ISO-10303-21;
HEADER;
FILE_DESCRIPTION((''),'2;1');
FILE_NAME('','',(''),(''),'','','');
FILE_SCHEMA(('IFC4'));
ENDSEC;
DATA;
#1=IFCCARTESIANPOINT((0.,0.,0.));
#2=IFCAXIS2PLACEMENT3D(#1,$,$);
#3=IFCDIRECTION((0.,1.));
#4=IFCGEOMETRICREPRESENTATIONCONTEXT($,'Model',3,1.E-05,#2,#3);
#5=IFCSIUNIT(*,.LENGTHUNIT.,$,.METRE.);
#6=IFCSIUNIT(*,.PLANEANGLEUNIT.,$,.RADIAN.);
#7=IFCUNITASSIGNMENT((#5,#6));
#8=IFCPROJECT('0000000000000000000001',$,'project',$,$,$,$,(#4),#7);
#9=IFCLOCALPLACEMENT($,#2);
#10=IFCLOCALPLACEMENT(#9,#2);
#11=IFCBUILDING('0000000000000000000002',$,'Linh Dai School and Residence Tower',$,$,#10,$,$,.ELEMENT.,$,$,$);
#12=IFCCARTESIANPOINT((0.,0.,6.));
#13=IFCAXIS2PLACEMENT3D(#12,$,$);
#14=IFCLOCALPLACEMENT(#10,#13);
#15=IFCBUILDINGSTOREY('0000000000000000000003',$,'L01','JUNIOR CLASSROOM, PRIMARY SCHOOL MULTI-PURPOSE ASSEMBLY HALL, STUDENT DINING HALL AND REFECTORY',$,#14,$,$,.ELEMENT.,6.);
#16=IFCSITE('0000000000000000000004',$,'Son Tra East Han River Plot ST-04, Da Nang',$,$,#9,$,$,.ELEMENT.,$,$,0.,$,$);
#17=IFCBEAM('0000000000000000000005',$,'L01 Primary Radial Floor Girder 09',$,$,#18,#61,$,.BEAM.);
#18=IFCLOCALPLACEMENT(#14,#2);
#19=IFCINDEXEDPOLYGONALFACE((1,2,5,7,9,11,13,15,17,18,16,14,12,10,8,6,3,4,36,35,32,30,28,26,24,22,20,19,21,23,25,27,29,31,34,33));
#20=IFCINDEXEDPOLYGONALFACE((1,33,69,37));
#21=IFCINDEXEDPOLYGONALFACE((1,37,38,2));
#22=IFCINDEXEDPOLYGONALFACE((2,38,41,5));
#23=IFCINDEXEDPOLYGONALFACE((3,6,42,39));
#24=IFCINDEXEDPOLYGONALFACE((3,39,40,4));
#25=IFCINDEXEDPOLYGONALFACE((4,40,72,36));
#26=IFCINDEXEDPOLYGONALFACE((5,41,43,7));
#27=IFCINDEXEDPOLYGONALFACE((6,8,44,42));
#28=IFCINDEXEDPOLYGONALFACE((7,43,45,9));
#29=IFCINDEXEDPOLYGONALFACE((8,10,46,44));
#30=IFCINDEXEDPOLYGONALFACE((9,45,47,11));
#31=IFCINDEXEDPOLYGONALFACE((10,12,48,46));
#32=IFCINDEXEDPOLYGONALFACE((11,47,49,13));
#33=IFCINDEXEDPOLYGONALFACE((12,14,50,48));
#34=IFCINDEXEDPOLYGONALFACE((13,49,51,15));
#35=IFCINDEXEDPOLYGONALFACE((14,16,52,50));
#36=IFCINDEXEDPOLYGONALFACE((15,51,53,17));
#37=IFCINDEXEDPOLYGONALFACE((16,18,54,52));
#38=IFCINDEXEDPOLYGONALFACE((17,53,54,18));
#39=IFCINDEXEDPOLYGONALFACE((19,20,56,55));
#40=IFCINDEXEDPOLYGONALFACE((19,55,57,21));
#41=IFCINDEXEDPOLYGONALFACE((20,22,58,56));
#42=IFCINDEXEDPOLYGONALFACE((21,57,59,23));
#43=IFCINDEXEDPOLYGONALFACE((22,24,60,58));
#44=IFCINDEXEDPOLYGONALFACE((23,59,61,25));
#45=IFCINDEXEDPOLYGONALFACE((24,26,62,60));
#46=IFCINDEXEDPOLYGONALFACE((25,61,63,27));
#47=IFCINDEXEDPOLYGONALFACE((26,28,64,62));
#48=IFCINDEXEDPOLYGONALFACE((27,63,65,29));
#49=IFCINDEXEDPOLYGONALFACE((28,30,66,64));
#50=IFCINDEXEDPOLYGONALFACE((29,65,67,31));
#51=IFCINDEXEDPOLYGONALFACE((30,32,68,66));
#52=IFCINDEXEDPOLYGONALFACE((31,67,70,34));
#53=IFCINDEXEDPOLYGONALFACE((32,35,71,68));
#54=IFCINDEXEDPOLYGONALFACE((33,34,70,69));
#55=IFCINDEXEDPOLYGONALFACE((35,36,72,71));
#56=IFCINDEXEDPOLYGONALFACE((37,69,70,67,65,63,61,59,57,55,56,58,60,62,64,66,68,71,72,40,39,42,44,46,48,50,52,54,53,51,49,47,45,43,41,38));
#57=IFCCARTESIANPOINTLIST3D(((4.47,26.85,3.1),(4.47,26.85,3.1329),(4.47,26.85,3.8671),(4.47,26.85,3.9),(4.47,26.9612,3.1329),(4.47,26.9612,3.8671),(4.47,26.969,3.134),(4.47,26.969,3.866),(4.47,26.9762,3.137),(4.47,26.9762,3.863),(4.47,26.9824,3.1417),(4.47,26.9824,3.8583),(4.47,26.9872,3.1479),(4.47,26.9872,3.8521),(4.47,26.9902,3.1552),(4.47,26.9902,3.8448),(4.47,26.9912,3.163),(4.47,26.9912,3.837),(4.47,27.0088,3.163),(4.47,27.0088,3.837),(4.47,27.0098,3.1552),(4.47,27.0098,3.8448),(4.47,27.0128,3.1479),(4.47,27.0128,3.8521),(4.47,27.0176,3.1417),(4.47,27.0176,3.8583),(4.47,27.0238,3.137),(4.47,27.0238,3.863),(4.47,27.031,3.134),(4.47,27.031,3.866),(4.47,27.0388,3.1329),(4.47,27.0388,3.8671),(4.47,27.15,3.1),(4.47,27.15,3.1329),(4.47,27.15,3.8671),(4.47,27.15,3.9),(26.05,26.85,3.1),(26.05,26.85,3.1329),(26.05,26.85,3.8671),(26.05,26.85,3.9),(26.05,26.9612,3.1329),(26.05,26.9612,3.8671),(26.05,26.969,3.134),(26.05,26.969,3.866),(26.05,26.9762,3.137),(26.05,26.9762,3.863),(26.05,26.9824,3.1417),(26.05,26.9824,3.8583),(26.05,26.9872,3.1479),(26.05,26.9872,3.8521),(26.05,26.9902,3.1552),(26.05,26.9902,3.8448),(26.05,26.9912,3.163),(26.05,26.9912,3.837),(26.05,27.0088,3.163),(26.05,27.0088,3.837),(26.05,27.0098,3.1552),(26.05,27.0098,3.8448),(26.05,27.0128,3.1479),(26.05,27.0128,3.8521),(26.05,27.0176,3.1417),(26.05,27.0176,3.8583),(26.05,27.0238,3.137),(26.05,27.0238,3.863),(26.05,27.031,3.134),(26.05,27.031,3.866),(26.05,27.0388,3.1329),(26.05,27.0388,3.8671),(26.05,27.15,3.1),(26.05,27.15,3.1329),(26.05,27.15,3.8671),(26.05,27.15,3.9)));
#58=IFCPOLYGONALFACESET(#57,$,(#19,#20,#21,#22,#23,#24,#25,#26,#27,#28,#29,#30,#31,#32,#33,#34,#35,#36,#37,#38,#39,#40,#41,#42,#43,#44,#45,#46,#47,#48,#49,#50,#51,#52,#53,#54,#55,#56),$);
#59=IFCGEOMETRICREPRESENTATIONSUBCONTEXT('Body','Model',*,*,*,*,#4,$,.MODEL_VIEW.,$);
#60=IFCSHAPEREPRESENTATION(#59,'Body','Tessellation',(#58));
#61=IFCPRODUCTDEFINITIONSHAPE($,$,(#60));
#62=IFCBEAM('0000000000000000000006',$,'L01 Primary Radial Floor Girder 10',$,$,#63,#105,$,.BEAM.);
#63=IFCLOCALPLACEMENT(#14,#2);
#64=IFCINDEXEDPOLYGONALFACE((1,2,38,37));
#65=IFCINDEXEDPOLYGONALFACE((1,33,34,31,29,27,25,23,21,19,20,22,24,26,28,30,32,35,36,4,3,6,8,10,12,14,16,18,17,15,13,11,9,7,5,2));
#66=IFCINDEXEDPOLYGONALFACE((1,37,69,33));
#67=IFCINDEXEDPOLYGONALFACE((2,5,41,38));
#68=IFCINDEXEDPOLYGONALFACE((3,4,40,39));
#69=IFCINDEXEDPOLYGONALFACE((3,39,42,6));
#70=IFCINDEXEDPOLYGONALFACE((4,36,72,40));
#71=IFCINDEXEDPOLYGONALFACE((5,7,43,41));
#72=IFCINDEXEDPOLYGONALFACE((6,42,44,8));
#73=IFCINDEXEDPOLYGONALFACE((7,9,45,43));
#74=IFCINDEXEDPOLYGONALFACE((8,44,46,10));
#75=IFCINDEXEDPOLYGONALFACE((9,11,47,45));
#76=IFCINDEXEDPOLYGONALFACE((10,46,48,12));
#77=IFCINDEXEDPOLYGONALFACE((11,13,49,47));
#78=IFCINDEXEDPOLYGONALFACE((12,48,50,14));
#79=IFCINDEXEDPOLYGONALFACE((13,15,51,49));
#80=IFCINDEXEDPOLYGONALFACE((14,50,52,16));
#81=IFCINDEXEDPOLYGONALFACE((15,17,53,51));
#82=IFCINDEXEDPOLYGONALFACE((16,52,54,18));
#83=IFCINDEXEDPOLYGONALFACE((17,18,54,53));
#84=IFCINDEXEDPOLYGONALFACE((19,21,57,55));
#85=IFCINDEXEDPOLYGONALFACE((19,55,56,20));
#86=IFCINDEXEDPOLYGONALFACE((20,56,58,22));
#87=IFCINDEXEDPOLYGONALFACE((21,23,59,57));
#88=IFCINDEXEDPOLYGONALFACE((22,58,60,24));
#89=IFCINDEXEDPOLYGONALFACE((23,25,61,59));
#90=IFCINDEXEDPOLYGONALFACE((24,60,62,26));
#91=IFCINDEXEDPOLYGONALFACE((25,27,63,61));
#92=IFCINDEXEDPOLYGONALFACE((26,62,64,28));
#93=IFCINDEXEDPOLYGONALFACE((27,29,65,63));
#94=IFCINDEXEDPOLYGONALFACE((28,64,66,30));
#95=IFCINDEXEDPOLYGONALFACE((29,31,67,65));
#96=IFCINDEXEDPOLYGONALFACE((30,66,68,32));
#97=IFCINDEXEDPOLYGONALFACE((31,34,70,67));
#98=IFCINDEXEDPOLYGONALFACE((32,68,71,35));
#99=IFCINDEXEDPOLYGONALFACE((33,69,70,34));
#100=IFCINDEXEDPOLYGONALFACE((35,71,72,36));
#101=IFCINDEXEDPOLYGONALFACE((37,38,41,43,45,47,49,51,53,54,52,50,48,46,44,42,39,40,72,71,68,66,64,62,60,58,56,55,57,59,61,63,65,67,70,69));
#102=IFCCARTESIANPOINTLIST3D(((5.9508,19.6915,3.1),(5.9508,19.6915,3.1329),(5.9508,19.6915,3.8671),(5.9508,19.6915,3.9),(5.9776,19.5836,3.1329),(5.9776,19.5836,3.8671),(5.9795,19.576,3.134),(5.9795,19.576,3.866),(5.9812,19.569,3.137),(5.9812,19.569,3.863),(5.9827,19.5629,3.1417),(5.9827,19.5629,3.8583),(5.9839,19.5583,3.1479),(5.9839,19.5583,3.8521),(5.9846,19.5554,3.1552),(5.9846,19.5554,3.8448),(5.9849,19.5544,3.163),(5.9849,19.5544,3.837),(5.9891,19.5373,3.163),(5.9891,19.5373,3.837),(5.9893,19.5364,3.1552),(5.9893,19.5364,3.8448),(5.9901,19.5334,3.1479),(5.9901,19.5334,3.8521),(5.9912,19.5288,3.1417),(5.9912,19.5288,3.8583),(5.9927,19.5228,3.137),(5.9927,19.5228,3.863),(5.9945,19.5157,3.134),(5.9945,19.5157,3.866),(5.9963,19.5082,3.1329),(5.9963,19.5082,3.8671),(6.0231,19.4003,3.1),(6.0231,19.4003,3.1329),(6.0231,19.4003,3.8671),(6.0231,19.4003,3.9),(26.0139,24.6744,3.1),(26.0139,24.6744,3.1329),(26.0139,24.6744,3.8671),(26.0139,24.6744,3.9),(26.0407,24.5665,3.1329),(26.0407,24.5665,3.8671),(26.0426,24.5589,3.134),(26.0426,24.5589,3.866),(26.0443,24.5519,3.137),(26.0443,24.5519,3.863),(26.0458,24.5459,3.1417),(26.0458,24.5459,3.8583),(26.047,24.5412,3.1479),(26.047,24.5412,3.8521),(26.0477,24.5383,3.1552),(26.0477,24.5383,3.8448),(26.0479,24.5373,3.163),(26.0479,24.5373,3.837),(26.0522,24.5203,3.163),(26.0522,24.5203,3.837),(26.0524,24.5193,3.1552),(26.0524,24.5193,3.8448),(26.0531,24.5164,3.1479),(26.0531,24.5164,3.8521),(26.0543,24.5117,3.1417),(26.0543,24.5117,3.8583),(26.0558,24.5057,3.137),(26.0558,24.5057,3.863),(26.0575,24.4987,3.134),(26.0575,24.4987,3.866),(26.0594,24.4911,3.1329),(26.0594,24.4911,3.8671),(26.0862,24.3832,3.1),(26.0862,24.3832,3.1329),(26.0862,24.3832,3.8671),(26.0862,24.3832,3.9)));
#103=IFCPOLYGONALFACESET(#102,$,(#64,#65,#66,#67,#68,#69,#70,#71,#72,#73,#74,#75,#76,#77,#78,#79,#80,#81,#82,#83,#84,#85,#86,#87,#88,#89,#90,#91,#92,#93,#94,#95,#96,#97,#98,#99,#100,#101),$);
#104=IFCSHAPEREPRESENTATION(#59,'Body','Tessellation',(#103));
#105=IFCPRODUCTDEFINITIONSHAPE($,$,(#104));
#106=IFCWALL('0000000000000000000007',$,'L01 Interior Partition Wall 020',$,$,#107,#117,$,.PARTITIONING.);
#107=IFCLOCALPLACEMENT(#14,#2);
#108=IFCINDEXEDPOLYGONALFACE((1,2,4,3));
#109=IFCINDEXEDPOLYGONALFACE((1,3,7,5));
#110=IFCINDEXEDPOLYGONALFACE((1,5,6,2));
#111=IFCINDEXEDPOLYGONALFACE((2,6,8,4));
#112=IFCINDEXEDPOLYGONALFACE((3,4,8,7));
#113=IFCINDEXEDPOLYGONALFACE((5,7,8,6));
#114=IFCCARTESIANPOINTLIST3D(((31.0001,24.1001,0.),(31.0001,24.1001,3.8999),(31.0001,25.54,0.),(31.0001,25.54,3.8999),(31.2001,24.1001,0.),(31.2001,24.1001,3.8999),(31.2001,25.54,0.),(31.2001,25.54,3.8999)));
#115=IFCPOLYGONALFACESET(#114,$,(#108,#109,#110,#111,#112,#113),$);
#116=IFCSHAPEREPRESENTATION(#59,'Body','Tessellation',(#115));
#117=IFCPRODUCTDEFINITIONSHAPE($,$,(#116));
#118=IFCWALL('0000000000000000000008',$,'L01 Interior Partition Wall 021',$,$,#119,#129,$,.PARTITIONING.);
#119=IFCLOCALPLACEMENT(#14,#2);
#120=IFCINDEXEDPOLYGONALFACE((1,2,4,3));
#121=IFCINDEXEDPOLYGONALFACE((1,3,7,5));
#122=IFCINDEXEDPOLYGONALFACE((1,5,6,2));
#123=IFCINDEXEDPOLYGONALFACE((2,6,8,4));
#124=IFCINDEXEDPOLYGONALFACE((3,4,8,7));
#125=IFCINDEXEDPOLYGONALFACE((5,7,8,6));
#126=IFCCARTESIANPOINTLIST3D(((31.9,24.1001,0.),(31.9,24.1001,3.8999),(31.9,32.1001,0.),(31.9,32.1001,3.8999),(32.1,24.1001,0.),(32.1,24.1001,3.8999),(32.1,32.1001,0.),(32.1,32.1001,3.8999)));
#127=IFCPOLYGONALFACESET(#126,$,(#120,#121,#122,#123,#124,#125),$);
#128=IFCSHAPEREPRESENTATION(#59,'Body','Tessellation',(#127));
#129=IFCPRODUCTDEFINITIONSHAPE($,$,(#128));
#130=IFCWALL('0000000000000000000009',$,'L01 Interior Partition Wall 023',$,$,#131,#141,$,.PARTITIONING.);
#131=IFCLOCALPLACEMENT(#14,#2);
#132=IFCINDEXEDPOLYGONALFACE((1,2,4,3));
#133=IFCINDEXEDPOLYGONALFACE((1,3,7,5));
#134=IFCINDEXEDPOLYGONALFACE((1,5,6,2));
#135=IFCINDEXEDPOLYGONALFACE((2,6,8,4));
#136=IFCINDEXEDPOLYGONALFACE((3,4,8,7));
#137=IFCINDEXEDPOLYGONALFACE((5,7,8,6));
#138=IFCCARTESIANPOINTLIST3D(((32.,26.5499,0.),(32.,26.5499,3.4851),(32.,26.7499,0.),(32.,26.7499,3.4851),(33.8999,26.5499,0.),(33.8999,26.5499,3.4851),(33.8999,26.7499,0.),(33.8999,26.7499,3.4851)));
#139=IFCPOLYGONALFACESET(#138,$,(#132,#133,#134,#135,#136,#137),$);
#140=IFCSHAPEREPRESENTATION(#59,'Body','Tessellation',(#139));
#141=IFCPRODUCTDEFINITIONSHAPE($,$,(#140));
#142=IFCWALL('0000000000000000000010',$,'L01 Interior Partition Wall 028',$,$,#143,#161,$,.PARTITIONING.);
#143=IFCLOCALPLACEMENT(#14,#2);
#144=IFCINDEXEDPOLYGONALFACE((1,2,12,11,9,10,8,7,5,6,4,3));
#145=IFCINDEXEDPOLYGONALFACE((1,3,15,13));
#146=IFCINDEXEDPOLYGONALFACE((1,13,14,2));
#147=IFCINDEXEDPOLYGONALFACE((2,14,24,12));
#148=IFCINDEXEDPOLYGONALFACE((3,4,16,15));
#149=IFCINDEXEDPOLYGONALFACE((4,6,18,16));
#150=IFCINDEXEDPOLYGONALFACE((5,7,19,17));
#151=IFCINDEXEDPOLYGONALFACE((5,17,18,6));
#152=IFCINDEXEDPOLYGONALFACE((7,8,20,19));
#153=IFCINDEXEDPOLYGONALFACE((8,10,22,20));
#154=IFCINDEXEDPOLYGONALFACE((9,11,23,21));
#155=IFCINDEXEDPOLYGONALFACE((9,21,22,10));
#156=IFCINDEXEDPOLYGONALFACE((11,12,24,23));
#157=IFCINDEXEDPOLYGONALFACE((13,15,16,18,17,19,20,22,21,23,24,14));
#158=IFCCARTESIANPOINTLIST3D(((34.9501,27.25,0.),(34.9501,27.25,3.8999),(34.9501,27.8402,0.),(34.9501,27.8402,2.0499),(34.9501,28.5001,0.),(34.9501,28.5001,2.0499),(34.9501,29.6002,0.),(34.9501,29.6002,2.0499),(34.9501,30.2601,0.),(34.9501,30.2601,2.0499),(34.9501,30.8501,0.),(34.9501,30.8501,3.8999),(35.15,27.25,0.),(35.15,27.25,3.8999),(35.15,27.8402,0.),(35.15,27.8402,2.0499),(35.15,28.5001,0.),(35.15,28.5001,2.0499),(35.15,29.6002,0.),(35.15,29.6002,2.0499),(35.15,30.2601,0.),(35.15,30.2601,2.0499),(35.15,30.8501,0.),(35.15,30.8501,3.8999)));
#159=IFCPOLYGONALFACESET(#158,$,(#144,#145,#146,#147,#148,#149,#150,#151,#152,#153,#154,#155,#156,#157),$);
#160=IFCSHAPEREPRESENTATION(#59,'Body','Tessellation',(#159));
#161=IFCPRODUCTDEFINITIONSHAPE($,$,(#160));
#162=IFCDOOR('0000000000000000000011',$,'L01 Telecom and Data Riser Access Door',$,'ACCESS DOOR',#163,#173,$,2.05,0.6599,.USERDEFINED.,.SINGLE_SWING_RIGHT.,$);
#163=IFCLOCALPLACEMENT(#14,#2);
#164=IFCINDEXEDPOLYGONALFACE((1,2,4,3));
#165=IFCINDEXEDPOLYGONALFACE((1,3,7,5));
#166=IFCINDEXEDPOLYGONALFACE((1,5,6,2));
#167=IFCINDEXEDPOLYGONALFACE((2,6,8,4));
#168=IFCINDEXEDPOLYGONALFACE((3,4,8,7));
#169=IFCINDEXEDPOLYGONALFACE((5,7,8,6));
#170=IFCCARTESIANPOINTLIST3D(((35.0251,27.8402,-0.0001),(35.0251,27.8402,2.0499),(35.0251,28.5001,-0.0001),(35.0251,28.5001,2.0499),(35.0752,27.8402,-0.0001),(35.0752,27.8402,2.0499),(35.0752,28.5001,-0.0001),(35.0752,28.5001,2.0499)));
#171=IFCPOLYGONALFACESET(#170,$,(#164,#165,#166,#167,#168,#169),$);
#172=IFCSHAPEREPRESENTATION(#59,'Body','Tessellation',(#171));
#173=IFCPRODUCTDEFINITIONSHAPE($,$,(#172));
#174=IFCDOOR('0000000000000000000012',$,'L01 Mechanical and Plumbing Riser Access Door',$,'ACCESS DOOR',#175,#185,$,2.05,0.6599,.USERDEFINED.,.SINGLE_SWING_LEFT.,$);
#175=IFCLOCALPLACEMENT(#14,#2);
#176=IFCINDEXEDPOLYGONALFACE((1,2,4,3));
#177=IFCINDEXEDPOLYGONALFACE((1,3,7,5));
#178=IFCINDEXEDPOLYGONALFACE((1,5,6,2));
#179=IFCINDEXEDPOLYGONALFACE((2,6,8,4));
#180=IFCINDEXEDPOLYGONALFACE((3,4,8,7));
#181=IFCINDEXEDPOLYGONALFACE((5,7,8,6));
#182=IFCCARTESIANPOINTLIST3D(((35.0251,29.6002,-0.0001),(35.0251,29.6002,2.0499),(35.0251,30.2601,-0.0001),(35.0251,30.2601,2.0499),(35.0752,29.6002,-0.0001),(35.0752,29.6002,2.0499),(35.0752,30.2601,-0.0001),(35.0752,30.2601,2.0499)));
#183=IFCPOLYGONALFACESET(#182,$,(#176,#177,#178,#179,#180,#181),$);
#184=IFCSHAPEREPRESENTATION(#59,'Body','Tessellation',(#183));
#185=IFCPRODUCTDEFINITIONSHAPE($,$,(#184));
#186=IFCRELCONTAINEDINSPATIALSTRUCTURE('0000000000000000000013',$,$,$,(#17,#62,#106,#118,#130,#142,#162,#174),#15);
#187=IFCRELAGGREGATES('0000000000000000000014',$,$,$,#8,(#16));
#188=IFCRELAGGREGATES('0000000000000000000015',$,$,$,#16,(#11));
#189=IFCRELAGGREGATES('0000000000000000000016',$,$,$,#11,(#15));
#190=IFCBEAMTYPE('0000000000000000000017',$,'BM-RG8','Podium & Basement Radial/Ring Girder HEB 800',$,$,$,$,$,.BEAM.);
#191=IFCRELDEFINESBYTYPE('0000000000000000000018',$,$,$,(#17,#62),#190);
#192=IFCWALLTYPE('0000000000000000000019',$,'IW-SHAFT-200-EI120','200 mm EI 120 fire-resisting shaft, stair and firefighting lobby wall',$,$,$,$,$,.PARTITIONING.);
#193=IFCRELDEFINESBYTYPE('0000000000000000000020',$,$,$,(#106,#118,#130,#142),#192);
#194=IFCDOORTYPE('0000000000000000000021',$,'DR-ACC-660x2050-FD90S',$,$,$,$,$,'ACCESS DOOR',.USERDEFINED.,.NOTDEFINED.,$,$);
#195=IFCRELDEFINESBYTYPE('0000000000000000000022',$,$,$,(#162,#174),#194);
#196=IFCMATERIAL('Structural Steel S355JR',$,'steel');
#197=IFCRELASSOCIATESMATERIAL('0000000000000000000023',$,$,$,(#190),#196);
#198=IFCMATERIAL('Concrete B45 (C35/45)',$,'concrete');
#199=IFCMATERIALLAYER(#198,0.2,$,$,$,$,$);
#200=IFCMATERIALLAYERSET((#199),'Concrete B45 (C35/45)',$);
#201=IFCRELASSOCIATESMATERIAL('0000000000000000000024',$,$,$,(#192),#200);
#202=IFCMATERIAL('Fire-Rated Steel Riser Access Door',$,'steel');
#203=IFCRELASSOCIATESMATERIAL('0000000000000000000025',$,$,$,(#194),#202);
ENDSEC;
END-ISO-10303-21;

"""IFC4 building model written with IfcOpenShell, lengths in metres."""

from ifc_helpers import new_model, si_unit, direction, frame, frame_2d, origin, origin_2d, place, context, subcontext, project, spatial, rectangle, i_section, extrude, source, transform, mapped, material, layer, layer_set, material_profile, profile_set, type_object, element, fill, save


model = new_model("IFC4")

# Units and contexts
model_context = context("Model", 3, precision=1e-05, world=origin(), true_north=direction((0.0, 1.0)))
body_context = subcontext(model_context, "Body", "Model", "MODEL_VIEW")
ifc_project = project(units=[si_unit("LENGTHUNIT", "METRE"), si_unit("PLANEANGLEUNIT", "RADIAN")], contexts=[model_context])

# Site, building, storey
site_placement = place(None, origin())
site = spatial("IfcSite", under=ifc_project, at=site_placement, Name="Son Tra East Han River Plot ST-04, Da Nang", CompositionType="ELEMENT", RefElevation=0.0)
building_placement = place(site_placement, origin())
building = spatial("IfcBuilding", under=site, at=building_placement, Name="Linh Dai School and Residence Tower", CompositionType="ELEMENT")
storey_placement = place(building_placement, frame((0.0, 0.0, 6.0)))
storey = spatial("IfcBuildingStorey", under=building, at=storey_placement, Name="L01", Description="JUNIOR CLASSROOM, PRIMARY SCHOOL MULTI-PURPOSE ASSEMBLY HALL, STUDENT DINING HALL AND REFECTORY", CompositionType="ELEMENT", Elevation=6.0)

# Shared definitions
ifc_material_1 = material(Name="Structural Steel S355JR", Category="steel")

# Beams
ifc_material_profile_1 = material_profile(ifc_material_1, i_section(OverallWidth=0.3, OverallDepth=0.8, WebThickness=0.0176, FlangeThickness=0.033, FilletRadius=0.03, at=origin_2d()), Name="HEB 800")
ifc_profile_set_1 = profile_set([ifc_material_profile_1], Name="Structural Steel S355JR")
beam_type = type_object("IfcBeamType", Name="BM-RG8", Description="Podium & Basement Radial/Ring Girder HEB 800", PredefinedType="BEAM", material=ifc_profile_set_1)
beam_1_placement = place(storey_placement, frame((26.05, 27.0, 3.5), z_axis=(-1.0, 0.0, 0.0), x_axis=(0.0, -1.0, 0.0)))
element("IfcBeam", 1, at=beam_1_placement, inside=storey, type_object=beam_type, Name="L01 Primary Radial Floor Girder 09", PredefinedType="BEAM", context=body_context, shape_type="SweptSolid", body=[
    extrude(i_section(OverallWidth=0.3, OverallDepth=0.8, WebThickness=0.0176, FlangeThickness=0.033, FilletRadius=0.03, at=origin_2d()), origin(), (0.0, 0.0, 1.0), 21.5801),
])
beam_2_placement = place(storey_placement, frame((26.05, 24.5288, 3.5), z_axis=(-0.970515, -0.24104, 0.0), x_axis=(0.24104, -0.970515, 0.0)))
element("IfcBeam", 2, at=beam_2_placement, inside=storey, type_object=beam_type, Name="L01 Primary Radial Floor Girder 10", PredefinedType="BEAM", context=body_context, shape_type="SweptSolid", body=[
    extrude(i_section(OverallWidth=0.3, OverallDepth=0.8, WebThickness=0.0176, FlangeThickness=0.033, FilletRadius=0.03, at=origin_2d()), origin(), (0.0, 0.0, 1.0), 20.6726),
])

# Shared definitions
ifc_material_2 = material(Name="Concrete B45 (C35/45)", Category="concrete")
ifc_layer_1 = layer(ifc_material_2, 0.2)
ifc_layer_set_1 = layer_set([ifc_layer_1], Name="Concrete B45 (C35/45)")
wall_type_1 = type_object("IfcWallType", Name="IW-SHAFT-200-EI120", Description="200 mm EI 120 fire-resisting shaft, stair and firefighting lobby wall", PredefinedType="PARTITIONING", material=ifc_layer_set_1)

# Walls
wall_1_placement = place(storey_placement, frame((31.1001, 24.1001, 0.0), z_axis=(0.0, 0.0, 1.0), x_axis=(0.0, 1.0, 0.0)))
element("IfcWall", 3, at=wall_1_placement, inside=storey, type_object=wall_type_1, Name="L01 Interior Partition Wall 020", PredefinedType="PARTITIONING", context=body_context, shape_type="SweptSolid", body=[
    extrude(rectangle(XDim=1.4399, YDim=0.2, at=frame_2d((0.72, 0.0))), origin(), (0.0, 0.0, 1.0), 3.8999),
])
wall_2_placement = place(storey_placement, frame((32.0, 24.1001, 0.0), z_axis=(0.0, 0.0, 1.0), x_axis=(0.0, 1.0, 0.0)))
element("IfcWall", 4, at=wall_2_placement, inside=storey, type_object=wall_type_1, Name="L01 Interior Partition Wall 021", PredefinedType="PARTITIONING", context=body_context, shape_type="SweptSolid", body=[
    extrude(rectangle(XDim=8.0, YDim=0.2, at=frame_2d((4.0, 0.0))), origin(), (0.0, 0.0, 1.0), 3.8999),
])

# Wall
wall_3_placement = place(storey_placement, frame((32.0, 26.6499, 0.0), z_axis=(0.0, 0.0, 1.0), x_axis=(1.0, 0.0, 0.0)))
element("IfcWall", 5, at=wall_3_placement, inside=storey, type_object=wall_type_1, Name="L01 Interior Partition Wall 023", PredefinedType="PARTITIONING", context=body_context, shape_type="SweptSolid", body=[
    extrude(rectangle(XDim=1.8999, YDim=0.2, at=frame_2d((0.95, 0.0))), origin(), (0.0, 0.0, 1.0), 3.4851),
])

# Wall, openings, doors
wall_4_placement = place(storey_placement, frame((35.05, 27.25, 0.0), z_axis=(0.0, 0.0, 1.0), x_axis=(0.0, 1.0, 0.0)))
wall_4 = element("IfcWall", 6, at=wall_4_placement, inside=storey, type_object=wall_type_1, Name="L01 Interior Partition Wall 028", PredefinedType="PARTITIONING", context=body_context, shape_type="SweptSolid", body=[
    extrude(rectangle(XDim=3.6001, YDim=0.2, at=frame_2d((1.8, 0.0))), origin(), (0.0, 0.0, 1.0), 3.8999),
])
opening_1_placement = place(wall_4_placement, frame((0.5901, 0.0, 0.0)))
opening_1 = element("IfcOpeningElement", 7, at=opening_1_placement, cuts=wall_4, PredefinedType="OPENING", context=body_context, shape_type="SweptSolid", body=[
    extrude(rectangle(XDim=0.6599, YDim=2.05, at=origin_2d()), frame((0.3301, 0.1099, 1.0249), z_axis=(0.0, -1.0, 0.0), x_axis=(1.0, 0.0, 0.0)), (0.0, 0.0, 1.0), 0.22),
])
opening_2_placement = place(wall_4_placement, frame((2.3501, 0.0, 0.0)))
opening_2 = element("IfcOpeningElement", 8, at=opening_2_placement, cuts=wall_4, PredefinedType="OPENING", context=body_context, shape_type="SweptSolid", body=[
    extrude(rectangle(XDim=0.6599, YDim=2.05, at=origin_2d()), frame((0.3301, 0.1099, 1.0249), z_axis=(0.0, -1.0, 0.0), x_axis=(1.0, 0.0, 0.0)), (0.0, 0.0, 1.0), 0.22),
])
ifc_material_3 = material(Name="Fire-Rated Steel Riser Access Door", Category="steel")
door_type_1 = type_object("IfcDoorType", Name="DR-ACC-660x2050-FD90S", ElementType="ACCESS DOOR", OperationType="NOTDEFINED", PredefinedType="USERDEFINED", material=ifc_material_3)
shared_shape_1 = source(origin(), body_context, "Body", "SweptSolid", [
    extrude(rectangle(XDim=0.6599, YDim=2.05, at=origin_2d()), frame((0.3301, 0.0249, 1.0249), z_axis=(0.0, -1.0, 0.0), x_axis=(1.0, 0.0, 0.0)), (0.0, 0.0, 1.0), 0.05),
])
door_1_placement = place(opening_1_placement, origin())
door_1 = element("IfcDoor", 9, at=door_1_placement, inside=storey, type_object=door_type_1, Name="L01 Telecom and Data Riser Access Door", ObjectType="ACCESS DOOR", OperationType="SINGLE_SWING_RIGHT", OverallHeight=2.05, OverallWidth=0.6599, PredefinedType="USERDEFINED", context=body_context, shape_type="MappedRepresentation", body=[
    mapped(shared_shape_1, transform((0.0, 0.0, 0.0), x_axis=(1.0, 0.0, 0.0), y_axis=(0.0, 1.0, 0.0), z_axis=(0.0, 0.0, 1.0), scale=1.0)),
])
fill(opening_1, door_1)
door_2_placement = place(opening_2_placement, origin())
door_2 = element("IfcDoor", 10, at=door_2_placement, inside=storey, type_object=door_type_1, Name="L01 Mechanical and Plumbing Riser Access Door", ObjectType="ACCESS DOOR", OperationType="SINGLE_SWING_LEFT", OverallHeight=2.05, OverallWidth=0.6599, PredefinedType="USERDEFINED", context=body_context, shape_type="MappedRepresentation", body=[
    mapped(shared_shape_1, transform((0.0, 0.0, 0.0), x_axis=(1.0, 0.0, 0.0), y_axis=(0.0, 1.0, 0.0), z_axis=(0.0, 0.0, 1.0), scale=1.0)),
])
fill(opening_2, door_2)

save(model, "model.ifc")
